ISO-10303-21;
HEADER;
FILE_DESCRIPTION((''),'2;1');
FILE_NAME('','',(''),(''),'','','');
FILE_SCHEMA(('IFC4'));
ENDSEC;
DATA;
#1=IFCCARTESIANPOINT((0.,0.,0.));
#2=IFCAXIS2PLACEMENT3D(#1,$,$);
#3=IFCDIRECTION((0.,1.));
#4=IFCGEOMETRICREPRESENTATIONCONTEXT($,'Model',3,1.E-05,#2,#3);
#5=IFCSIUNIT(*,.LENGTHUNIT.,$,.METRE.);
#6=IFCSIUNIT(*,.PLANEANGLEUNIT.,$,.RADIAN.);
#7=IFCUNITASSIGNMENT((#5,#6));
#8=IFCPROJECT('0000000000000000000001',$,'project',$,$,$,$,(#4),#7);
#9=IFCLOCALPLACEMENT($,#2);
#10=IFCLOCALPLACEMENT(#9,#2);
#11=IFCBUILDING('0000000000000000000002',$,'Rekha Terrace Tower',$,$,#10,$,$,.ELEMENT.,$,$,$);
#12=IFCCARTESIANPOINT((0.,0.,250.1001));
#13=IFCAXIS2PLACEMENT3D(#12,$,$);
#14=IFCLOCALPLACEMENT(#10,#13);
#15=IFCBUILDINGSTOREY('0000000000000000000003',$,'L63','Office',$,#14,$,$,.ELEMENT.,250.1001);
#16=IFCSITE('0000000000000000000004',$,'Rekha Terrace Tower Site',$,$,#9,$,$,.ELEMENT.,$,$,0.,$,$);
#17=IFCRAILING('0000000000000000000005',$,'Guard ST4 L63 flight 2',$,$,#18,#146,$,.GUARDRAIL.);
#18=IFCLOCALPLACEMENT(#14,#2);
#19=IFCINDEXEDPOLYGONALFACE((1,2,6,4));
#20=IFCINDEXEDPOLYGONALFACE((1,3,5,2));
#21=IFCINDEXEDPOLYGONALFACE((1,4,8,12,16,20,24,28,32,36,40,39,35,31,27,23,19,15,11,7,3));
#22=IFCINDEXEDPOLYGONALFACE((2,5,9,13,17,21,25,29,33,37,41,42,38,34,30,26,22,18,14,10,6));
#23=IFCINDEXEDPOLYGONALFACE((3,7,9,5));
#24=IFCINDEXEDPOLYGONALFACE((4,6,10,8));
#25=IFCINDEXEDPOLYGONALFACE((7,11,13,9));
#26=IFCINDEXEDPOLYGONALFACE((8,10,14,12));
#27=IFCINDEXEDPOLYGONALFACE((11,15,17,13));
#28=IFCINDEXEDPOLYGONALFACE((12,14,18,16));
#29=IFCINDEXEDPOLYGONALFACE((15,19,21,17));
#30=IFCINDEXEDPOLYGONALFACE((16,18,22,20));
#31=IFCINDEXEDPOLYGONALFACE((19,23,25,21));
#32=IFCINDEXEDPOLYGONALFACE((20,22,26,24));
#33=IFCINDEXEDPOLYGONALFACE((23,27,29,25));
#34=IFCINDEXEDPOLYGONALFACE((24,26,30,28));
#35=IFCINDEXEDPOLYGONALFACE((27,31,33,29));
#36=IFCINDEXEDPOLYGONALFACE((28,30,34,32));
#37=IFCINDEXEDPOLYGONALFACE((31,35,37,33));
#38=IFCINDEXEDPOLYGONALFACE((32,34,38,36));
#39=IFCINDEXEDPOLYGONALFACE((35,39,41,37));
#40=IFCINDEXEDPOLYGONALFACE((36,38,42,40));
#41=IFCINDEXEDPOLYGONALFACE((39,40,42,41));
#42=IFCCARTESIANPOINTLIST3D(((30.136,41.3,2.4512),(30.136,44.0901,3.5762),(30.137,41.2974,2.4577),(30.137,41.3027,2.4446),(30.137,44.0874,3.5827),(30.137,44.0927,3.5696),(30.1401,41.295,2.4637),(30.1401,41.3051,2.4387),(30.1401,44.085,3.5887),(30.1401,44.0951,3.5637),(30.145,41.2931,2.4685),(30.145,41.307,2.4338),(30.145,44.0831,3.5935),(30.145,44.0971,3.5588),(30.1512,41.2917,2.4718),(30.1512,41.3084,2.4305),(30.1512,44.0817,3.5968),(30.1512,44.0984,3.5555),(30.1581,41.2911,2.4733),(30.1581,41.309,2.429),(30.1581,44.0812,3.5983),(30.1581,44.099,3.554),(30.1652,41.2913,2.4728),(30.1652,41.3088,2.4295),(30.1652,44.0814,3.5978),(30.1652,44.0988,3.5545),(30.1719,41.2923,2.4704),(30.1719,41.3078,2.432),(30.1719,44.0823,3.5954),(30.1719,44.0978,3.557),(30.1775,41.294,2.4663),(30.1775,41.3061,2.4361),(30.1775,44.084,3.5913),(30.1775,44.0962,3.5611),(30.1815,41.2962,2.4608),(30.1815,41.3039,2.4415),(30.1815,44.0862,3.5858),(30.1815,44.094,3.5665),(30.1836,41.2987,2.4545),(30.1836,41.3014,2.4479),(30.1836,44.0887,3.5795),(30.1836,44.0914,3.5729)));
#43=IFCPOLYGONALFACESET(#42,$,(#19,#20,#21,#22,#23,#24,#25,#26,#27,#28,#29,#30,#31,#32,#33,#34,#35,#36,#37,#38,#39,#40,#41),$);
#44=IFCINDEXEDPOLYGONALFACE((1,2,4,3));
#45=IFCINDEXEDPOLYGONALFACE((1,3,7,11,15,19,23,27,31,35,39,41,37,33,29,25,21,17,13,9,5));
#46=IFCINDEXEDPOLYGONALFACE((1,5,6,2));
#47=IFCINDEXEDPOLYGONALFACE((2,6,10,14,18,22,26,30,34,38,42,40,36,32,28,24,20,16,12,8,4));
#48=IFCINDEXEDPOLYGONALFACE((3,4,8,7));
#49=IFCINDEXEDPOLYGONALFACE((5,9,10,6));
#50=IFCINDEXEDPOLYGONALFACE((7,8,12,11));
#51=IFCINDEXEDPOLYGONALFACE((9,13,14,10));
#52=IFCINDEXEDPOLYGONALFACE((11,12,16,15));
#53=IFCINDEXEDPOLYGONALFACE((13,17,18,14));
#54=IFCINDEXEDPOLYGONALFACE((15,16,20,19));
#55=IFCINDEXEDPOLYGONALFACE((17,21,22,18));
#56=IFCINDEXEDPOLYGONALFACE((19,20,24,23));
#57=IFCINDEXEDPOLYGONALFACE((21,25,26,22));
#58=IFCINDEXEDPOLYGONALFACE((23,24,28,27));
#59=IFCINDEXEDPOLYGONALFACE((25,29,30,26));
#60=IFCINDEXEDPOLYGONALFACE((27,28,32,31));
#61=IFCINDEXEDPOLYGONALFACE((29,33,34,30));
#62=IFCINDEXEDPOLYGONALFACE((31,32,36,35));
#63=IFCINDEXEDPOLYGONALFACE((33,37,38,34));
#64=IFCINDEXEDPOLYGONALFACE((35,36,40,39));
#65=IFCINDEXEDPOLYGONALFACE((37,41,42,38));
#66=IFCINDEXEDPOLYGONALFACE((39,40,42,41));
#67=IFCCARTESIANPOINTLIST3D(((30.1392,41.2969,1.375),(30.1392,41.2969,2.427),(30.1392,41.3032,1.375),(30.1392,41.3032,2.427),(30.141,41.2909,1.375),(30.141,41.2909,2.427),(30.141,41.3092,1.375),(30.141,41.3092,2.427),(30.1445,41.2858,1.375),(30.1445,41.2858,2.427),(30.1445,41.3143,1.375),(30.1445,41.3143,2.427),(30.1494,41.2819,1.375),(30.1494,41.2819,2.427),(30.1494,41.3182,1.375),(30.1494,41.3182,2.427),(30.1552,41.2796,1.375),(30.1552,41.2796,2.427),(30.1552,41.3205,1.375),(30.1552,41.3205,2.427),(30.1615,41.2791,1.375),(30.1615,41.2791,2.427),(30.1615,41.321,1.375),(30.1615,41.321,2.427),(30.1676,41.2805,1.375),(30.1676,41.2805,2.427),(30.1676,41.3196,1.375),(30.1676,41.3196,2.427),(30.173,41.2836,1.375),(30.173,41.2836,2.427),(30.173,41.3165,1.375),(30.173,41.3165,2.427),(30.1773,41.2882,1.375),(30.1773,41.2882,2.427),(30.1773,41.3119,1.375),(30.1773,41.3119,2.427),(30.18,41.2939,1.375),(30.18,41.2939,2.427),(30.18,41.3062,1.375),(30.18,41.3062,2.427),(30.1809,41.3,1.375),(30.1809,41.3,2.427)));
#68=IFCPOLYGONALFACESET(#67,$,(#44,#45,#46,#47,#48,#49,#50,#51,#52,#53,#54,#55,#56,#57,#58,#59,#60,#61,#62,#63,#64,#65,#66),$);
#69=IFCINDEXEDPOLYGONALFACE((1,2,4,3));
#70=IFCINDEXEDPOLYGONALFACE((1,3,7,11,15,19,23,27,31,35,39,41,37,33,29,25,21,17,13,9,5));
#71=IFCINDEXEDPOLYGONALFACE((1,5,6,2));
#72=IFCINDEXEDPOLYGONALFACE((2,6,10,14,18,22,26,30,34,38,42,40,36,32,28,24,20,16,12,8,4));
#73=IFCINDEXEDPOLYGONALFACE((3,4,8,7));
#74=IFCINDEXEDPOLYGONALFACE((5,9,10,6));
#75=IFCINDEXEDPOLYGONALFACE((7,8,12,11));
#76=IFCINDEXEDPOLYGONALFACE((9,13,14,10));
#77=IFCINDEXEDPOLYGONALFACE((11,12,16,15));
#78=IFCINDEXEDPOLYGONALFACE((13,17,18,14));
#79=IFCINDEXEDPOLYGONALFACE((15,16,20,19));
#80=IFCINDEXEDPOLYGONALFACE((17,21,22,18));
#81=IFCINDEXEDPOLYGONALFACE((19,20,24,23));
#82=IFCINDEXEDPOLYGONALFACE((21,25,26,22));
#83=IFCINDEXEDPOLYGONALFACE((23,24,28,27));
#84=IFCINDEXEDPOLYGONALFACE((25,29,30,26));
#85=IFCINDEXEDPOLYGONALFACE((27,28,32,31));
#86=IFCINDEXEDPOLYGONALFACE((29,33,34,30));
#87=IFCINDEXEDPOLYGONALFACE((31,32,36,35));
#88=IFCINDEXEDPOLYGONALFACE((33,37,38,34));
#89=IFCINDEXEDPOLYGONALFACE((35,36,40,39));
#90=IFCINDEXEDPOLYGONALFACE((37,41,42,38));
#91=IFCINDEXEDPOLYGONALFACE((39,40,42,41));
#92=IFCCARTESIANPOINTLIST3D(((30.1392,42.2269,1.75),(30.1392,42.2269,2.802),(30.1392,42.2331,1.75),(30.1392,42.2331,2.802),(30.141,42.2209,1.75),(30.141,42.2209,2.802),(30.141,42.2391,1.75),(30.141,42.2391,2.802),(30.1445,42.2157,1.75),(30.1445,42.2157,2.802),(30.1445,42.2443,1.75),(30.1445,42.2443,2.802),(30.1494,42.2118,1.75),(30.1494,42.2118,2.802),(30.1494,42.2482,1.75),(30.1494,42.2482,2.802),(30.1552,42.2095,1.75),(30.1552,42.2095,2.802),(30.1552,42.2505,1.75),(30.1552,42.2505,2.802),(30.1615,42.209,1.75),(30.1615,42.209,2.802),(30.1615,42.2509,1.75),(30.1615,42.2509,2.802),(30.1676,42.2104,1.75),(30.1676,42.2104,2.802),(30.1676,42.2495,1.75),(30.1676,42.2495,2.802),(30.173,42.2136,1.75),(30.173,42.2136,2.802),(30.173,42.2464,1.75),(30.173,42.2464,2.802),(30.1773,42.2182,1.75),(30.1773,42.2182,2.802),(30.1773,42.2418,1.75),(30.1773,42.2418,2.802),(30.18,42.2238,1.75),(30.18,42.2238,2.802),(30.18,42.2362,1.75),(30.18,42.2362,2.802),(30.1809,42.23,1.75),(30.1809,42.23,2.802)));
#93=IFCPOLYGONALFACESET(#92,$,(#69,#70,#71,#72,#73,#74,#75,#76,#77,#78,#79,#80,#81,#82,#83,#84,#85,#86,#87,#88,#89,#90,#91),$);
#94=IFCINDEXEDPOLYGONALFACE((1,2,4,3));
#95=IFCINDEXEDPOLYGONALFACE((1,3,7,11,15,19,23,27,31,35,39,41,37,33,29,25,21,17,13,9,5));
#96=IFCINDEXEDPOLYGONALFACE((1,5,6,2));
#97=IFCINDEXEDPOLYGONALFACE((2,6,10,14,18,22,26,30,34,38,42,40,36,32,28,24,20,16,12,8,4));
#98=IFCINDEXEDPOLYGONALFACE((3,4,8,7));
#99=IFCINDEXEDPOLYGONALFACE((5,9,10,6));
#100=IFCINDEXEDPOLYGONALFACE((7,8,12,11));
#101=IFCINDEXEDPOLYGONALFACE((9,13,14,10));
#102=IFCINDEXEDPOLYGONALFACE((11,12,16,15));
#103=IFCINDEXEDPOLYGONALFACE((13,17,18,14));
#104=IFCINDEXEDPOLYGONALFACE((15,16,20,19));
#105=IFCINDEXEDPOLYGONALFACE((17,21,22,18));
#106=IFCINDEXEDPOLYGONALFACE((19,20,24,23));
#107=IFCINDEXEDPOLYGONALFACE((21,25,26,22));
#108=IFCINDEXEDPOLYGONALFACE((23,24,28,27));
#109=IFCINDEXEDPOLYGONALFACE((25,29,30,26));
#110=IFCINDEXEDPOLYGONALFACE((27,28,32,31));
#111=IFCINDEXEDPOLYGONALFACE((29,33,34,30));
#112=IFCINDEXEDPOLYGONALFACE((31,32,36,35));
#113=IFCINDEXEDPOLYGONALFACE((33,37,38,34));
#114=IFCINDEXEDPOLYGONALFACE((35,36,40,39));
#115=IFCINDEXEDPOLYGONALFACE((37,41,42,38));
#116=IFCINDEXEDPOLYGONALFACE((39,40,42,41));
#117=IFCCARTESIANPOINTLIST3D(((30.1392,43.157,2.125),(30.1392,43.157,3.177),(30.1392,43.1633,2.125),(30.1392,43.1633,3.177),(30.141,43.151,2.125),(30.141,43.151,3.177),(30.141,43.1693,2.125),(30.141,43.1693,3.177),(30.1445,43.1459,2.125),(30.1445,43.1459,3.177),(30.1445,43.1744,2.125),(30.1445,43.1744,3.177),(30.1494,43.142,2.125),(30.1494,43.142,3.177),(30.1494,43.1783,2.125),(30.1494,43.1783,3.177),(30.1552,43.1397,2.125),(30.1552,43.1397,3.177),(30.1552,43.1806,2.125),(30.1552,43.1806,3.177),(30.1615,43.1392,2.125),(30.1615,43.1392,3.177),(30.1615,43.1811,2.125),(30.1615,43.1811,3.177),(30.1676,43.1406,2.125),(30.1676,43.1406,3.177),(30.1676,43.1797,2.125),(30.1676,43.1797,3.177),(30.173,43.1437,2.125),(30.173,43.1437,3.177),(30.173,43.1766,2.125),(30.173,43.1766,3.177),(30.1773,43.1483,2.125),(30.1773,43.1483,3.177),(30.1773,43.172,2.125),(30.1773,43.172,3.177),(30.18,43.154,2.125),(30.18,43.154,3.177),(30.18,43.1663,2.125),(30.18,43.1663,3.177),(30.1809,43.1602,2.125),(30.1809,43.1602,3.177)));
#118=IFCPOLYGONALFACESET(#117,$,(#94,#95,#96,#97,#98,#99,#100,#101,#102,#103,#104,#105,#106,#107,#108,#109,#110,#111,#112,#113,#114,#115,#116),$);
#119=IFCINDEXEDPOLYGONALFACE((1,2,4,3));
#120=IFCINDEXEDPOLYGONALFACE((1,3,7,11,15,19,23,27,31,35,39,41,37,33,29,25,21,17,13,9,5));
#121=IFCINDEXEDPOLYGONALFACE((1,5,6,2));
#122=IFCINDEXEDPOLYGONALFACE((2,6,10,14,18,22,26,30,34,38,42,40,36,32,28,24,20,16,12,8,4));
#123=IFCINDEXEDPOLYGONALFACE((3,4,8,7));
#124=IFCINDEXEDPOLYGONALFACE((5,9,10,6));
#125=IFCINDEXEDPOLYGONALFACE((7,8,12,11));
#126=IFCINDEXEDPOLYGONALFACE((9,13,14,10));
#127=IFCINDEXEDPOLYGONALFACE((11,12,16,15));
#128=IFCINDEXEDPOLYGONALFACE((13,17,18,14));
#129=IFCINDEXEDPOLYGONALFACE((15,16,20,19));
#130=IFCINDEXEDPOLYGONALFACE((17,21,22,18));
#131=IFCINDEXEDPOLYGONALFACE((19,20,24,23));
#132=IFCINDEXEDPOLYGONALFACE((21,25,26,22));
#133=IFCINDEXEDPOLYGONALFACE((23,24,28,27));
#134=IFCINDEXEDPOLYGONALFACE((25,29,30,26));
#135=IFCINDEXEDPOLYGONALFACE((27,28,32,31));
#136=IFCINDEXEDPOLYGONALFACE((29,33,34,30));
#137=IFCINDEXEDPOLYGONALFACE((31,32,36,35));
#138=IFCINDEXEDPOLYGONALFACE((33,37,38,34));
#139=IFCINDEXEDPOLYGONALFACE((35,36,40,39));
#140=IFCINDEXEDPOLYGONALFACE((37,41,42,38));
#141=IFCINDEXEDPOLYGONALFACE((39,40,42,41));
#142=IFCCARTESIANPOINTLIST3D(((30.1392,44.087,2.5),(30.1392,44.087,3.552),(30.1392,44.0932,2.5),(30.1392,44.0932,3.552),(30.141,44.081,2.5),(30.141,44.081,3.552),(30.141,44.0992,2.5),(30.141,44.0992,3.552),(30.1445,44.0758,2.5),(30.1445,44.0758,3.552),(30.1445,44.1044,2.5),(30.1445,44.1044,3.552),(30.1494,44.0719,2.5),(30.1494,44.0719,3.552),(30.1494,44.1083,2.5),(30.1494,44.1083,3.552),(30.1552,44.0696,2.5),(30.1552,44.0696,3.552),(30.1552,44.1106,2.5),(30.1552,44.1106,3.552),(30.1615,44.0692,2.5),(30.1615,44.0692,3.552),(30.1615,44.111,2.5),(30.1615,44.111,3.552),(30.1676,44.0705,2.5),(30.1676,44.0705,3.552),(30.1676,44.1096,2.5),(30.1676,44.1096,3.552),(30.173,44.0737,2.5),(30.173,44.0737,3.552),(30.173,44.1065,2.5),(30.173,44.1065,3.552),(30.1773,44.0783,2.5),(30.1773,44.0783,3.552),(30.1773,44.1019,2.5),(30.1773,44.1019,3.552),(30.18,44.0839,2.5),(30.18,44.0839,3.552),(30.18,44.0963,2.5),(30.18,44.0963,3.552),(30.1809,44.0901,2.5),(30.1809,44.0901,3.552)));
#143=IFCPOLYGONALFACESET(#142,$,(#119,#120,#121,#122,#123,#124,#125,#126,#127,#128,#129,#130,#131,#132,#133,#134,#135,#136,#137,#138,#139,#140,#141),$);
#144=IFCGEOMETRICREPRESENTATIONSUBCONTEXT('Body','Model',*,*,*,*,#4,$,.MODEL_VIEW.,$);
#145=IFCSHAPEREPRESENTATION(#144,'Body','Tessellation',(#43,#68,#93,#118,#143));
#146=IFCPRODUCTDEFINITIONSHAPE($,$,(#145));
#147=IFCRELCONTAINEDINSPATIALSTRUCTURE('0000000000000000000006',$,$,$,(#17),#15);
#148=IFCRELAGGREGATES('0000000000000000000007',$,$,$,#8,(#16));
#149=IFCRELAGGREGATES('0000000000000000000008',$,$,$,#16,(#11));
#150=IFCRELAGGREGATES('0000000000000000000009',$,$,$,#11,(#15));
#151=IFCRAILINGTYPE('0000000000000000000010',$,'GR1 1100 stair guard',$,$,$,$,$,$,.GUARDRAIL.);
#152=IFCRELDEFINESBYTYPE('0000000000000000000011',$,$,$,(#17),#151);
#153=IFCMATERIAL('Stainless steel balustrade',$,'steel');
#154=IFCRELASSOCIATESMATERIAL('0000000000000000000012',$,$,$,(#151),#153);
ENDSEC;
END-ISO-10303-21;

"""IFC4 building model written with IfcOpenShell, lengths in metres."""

from ifc_helpers import new_model, si_unit, direction, frame, origin, origin_2d, place, context, subcontext, project, spatial, circle, extrude, material, type_object, element, save


model = new_model("IFC4")

# Units and contexts
model_context = context("Model", 3, precision=1e-05, world=origin(), true_north=direction((0.0, 1.0)))
body_context = subcontext(model_context, "Body", "Model", "MODEL_VIEW")
ifc_project = project(units=[si_unit("LENGTHUNIT", "METRE"), si_unit("PLANEANGLEUNIT", "RADIAN")], contexts=[model_context])

# Site, building, storey
site_placement = place(None, origin())
site = spatial("IfcSite", under=ifc_project, at=site_placement, Name="Rekha Terrace Tower Site", CompositionType="ELEMENT", RefElevation=0.0)
building_placement = place(site_placement, origin())
building = spatial("IfcBuilding", under=site, at=building_placement, Name="Rekha Terrace Tower", CompositionType="ELEMENT")
storey_placement = place(building_placement, frame((0.0, 0.0, 250.1001)))
storey = spatial("IfcBuildingStorey", under=building, at=storey_placement, Name="L63", Description="Office", CompositionType="ELEMENT", Elevation=250.1001)

# Railing
ifc_material_1 = material(Name="Stainless steel balustrade", Category="steel")
railing_type_1 = type_object("IfcRailingType", Name="GR1 1100 stair guard", PredefinedType="GUARDRAIL", material=ifc_material_1)
railing_1_placement = place(storey_placement, frame((30.1599, 41.3, 1.375)))
element("IfcRailing", 1, at=railing_1_placement, inside=storey, type_object=railing_type_1, Name="Guard ST4 L63 flight 2", PredefinedType="GUARDRAIL", context=body_context, shape_type="SweptSolid", body=[
    extrude(circle(Radius=0.0239, at=origin_2d()), frame((0.0, 0.0, 1.0762), z_axis=(0.0, 0.927443, 0.373964), x_axis=(-1.0, 0.0, 0.0)), (0.0, 0.0, 1.0), 3.0083),
    extrude(circle(Radius=0.021, at=origin_2d()), origin(), (0.0, 0.0, 1.0), 1.052),
    extrude(circle(Radius=0.021, at=origin_2d()), frame((0.0, 0.9299, 0.375)), (0.0, 0.0, 1.0), 1.052),
    extrude(circle(Radius=0.021, at=origin_2d()), frame((0.0, 1.8601, 0.75)), (0.0, 0.0, 1.0), 1.052),
    extrude(circle(Radius=0.021, at=origin_2d()), frame((0.0, 2.79, 1.125)), (0.0, 0.0, 1.0), 1.052),
])

save(model, "model.ifc")
